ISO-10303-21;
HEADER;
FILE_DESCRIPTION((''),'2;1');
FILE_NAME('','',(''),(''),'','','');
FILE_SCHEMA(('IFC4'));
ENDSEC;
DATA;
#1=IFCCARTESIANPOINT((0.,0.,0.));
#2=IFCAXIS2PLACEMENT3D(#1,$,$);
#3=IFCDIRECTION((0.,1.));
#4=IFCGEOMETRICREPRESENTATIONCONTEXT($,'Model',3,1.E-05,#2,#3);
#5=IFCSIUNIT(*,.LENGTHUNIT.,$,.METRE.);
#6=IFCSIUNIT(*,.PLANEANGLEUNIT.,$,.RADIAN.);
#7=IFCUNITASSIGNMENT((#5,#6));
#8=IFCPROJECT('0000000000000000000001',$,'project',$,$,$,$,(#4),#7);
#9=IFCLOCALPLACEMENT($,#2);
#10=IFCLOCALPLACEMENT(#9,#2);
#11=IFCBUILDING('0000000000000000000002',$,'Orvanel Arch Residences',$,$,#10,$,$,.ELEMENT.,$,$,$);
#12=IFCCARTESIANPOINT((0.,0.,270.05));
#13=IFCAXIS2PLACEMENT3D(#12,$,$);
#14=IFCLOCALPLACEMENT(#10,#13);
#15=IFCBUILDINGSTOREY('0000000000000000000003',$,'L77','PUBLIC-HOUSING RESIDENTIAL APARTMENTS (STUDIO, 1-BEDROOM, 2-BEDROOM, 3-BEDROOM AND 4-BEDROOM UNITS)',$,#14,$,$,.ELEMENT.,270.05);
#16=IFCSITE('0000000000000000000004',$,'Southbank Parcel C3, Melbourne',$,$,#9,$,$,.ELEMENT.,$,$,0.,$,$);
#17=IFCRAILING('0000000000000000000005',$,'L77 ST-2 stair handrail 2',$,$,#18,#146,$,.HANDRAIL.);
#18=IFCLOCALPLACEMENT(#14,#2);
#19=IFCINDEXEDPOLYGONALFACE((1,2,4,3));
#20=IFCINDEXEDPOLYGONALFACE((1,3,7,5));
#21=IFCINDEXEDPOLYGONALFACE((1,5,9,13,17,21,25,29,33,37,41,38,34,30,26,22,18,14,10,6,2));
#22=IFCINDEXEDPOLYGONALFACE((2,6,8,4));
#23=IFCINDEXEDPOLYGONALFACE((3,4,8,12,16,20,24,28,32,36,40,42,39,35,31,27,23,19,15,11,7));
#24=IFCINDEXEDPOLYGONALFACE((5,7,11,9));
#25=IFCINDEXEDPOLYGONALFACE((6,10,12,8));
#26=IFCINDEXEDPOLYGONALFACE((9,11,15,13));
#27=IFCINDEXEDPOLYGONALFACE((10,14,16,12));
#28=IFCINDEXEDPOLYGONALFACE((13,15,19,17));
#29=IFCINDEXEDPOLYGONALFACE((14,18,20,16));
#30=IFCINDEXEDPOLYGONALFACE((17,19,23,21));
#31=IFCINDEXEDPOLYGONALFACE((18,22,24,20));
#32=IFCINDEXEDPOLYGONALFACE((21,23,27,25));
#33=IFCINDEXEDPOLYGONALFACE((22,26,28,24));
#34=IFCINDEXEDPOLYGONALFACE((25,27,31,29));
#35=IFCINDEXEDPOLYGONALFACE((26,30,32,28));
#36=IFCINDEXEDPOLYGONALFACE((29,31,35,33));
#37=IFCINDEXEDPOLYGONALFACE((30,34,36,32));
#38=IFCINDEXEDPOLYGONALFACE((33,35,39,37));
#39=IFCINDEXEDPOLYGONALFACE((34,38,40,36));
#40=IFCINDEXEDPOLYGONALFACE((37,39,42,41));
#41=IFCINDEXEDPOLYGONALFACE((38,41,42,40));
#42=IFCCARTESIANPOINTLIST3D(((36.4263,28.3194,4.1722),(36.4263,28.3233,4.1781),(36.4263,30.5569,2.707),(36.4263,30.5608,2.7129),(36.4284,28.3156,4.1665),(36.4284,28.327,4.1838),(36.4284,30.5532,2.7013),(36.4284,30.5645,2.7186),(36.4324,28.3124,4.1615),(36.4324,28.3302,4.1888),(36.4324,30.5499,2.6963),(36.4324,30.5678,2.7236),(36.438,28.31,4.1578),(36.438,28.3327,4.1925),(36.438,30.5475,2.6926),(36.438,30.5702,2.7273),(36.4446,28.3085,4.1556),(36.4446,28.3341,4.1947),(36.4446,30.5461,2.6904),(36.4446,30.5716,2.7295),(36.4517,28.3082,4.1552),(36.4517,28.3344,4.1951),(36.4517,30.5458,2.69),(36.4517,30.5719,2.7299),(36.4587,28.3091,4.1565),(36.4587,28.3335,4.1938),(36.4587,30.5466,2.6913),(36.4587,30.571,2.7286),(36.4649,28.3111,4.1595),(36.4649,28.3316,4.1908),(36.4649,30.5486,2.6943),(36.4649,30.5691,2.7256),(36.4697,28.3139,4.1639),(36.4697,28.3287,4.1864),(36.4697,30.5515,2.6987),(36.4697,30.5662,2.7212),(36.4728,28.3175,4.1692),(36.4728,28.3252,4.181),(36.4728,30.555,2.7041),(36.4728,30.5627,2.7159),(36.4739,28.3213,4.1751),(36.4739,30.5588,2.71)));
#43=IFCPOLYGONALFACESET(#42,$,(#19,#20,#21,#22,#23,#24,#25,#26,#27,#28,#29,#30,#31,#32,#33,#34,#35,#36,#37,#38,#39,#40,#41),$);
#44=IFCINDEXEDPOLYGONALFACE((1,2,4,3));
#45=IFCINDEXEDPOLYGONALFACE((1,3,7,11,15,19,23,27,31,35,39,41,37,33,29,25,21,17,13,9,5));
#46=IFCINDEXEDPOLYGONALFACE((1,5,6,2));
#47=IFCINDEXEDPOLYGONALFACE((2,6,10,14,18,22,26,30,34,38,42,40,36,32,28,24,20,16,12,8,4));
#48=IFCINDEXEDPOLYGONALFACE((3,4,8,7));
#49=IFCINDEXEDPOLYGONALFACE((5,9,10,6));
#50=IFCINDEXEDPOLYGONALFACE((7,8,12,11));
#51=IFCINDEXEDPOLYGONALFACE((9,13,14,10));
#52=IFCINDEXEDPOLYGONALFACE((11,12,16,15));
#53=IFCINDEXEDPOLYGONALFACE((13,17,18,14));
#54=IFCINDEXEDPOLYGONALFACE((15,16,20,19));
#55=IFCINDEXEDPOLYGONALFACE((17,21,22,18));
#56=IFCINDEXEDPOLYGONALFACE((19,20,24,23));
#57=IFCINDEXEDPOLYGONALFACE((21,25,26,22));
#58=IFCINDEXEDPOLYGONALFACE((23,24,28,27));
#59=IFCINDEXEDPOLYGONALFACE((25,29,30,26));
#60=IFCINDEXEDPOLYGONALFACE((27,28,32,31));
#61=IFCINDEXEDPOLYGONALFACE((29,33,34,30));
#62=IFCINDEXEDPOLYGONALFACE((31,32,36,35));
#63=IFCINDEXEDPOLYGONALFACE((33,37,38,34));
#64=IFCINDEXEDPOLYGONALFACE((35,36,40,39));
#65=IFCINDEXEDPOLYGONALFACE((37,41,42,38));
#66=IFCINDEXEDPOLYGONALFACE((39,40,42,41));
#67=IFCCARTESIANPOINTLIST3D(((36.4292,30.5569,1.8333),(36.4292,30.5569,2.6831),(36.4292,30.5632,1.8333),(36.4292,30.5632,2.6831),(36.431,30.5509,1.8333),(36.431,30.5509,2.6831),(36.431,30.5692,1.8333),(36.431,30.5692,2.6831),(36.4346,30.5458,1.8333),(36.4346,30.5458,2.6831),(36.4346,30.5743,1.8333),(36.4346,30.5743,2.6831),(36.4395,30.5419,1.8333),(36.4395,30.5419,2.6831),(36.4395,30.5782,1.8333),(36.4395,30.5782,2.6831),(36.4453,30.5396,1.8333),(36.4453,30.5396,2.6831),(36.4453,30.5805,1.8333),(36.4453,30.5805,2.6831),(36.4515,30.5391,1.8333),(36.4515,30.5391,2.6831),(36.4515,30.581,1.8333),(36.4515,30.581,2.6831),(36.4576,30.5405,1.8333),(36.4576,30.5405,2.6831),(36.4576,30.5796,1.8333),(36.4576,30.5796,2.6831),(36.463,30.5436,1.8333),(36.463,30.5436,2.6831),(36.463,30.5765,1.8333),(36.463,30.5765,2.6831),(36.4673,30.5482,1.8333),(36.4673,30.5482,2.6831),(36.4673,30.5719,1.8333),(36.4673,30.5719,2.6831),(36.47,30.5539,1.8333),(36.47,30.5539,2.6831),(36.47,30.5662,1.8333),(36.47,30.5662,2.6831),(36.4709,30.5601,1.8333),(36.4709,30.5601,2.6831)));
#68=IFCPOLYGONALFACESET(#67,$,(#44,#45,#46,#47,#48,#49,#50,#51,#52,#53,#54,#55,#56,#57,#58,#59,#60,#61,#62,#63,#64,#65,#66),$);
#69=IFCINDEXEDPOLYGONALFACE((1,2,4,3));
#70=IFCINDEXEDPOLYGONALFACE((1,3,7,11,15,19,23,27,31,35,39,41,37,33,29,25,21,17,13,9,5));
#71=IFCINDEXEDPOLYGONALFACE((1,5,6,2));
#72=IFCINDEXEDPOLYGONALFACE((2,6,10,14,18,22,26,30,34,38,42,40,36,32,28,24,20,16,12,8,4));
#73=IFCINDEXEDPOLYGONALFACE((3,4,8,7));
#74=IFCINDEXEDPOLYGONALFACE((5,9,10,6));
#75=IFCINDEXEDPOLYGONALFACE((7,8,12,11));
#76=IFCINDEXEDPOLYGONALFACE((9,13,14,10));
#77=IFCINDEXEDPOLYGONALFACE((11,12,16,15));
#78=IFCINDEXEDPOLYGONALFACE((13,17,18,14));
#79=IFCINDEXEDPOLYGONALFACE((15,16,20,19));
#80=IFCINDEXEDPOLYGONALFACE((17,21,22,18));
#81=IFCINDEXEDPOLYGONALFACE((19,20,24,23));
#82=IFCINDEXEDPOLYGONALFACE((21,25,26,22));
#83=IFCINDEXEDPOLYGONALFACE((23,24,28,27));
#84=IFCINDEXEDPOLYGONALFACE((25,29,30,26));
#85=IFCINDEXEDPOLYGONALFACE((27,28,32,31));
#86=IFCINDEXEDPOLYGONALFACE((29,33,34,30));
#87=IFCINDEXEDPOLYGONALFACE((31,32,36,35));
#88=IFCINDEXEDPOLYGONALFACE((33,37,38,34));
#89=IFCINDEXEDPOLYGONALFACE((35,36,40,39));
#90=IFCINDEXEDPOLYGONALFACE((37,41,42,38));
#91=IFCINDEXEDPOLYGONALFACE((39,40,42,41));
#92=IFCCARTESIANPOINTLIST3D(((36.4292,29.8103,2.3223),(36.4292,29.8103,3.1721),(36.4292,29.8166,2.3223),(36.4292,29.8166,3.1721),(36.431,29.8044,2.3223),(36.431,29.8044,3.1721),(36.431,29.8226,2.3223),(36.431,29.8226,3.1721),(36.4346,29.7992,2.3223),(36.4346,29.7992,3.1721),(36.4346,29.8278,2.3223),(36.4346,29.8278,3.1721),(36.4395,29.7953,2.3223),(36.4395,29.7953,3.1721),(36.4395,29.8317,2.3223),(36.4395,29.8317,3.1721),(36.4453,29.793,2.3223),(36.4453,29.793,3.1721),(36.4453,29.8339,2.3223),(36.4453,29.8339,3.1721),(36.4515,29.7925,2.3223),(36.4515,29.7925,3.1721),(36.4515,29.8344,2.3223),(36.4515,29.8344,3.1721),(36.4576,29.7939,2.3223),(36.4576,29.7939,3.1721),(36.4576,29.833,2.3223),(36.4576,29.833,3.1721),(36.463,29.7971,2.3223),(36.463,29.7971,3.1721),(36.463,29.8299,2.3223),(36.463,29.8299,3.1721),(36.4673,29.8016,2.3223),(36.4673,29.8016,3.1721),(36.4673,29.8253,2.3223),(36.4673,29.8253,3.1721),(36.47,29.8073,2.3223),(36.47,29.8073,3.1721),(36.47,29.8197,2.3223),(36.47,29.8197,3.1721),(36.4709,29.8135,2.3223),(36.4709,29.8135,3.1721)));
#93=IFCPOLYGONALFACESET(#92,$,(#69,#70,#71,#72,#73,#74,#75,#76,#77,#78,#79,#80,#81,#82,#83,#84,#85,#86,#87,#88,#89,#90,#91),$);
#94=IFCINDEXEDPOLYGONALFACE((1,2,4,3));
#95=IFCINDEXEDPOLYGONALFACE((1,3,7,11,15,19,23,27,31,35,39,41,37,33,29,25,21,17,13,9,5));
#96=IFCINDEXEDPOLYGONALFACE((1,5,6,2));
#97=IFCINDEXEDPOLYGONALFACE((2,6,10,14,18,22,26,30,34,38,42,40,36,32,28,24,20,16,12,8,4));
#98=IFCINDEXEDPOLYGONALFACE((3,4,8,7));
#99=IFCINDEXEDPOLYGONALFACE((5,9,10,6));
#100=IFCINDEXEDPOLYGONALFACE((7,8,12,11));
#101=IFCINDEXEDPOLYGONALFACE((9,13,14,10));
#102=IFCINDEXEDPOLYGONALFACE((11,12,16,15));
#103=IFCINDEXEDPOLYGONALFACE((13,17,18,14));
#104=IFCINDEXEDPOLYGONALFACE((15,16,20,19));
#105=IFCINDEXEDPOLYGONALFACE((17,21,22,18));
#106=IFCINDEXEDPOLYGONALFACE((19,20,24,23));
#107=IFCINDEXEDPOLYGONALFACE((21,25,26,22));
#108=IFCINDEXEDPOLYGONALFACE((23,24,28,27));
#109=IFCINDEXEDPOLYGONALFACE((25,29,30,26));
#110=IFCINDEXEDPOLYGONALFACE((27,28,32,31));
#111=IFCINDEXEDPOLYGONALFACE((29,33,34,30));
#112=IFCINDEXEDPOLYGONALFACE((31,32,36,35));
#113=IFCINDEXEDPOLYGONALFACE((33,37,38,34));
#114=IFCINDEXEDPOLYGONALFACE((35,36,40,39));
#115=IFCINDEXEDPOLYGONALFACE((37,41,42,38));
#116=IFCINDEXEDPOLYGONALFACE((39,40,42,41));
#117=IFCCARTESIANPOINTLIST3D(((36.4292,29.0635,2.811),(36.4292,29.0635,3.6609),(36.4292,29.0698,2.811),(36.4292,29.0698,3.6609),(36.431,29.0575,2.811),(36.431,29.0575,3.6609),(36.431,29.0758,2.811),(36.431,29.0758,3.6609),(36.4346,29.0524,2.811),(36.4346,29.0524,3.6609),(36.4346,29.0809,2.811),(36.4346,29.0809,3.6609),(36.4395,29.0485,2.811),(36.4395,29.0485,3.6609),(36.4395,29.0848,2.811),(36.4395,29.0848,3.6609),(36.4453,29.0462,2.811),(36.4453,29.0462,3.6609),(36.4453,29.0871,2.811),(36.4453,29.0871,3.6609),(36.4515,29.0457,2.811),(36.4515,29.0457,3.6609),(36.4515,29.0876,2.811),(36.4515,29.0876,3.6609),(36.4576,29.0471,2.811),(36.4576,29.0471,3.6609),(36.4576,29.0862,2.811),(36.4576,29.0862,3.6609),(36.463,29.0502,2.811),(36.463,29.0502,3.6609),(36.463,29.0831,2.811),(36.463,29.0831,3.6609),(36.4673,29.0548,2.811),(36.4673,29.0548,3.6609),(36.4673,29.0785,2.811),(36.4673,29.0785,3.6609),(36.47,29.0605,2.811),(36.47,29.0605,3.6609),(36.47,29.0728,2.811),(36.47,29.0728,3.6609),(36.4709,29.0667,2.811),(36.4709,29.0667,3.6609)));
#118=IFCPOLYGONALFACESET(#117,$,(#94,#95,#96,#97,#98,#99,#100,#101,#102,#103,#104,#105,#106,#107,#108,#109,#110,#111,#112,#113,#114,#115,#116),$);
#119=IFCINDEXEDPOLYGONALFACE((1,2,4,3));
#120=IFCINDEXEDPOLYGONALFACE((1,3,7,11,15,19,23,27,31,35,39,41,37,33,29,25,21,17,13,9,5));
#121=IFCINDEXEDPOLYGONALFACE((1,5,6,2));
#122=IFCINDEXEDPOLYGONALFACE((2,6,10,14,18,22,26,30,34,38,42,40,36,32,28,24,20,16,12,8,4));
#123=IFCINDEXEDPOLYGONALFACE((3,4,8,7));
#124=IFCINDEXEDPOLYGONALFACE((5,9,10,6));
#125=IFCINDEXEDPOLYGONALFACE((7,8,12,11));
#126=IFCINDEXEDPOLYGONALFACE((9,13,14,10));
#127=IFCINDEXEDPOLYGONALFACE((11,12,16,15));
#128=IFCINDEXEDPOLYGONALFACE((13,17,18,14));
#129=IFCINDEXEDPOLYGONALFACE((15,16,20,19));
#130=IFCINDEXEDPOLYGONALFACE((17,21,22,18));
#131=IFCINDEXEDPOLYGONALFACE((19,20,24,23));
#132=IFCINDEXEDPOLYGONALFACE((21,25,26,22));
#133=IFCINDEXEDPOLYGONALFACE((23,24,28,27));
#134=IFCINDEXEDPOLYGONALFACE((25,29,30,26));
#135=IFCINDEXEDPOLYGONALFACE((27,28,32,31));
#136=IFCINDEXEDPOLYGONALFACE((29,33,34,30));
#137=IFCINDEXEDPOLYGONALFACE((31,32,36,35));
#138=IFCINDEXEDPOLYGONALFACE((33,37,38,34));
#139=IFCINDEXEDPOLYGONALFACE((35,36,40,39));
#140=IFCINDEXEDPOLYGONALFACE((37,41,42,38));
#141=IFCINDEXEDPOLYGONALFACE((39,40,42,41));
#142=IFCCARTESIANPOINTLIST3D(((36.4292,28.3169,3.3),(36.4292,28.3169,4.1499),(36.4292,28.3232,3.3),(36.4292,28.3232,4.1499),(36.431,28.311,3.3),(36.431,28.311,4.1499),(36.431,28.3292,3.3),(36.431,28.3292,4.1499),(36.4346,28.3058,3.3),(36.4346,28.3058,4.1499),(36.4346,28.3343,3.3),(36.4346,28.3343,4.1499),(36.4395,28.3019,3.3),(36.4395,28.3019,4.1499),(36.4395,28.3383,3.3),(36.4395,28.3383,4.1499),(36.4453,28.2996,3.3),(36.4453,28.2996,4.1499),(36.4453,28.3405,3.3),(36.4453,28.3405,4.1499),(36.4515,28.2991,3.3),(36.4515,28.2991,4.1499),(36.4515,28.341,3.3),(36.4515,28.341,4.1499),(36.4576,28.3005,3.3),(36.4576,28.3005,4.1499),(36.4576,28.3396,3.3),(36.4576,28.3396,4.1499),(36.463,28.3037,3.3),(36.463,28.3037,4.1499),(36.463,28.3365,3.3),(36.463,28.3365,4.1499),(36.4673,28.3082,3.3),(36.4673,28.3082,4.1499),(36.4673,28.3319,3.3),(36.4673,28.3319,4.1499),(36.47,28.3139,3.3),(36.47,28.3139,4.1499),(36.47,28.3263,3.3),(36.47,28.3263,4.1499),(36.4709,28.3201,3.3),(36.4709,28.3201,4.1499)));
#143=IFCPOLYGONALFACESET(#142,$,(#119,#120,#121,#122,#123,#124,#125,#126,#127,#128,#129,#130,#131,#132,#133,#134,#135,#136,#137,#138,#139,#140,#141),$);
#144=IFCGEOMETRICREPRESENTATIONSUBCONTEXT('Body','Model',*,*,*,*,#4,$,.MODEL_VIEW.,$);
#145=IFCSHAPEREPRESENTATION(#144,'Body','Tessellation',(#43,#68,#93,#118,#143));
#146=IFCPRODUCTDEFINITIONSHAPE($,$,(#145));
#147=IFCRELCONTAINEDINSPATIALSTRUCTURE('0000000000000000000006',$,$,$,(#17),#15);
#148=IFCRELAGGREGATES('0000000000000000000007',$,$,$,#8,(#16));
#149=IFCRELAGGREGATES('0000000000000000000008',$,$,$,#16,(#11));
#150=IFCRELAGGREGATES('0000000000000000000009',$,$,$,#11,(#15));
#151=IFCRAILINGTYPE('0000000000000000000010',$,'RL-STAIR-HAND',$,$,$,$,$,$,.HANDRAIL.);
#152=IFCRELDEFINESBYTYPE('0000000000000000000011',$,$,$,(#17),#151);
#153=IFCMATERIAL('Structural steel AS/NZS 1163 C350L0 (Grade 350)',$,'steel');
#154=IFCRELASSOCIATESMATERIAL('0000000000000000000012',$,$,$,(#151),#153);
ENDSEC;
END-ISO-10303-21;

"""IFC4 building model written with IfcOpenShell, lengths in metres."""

from ifc_helpers import new_model, si_unit, direction, frame, origin, origin_2d, place, context, subcontext, project, spatial, circle, extrude, material, type_object, element, save


model = new_model("IFC4")

# Units and contexts
model_context = context("Model", 3, precision=1e-05, world=origin(), true_north=direction((0.0, 1.0)))
body_context = subcontext(model_context, "Body", "Model", "MODEL_VIEW")
ifc_project = project(units=[si_unit("LENGTHUNIT", "METRE"), si_unit("PLANEANGLEUNIT", "RADIAN")], contexts=[model_context])

# Site, building, storey
site_placement = place(None, origin())
site = spatial("IfcSite", under=ifc_project, at=site_placement, Name="Southbank Parcel C3, Melbourne", CompositionType="ELEMENT", RefElevation=0.0)
building_placement = place(site_placement, origin())
building = spatial("IfcBuilding", under=site, at=building_placement, Name="Orvanel Arch Residences", CompositionType="ELEMENT")
storey_placement = place(building_placement, frame((0.0, 0.0, 270.05)))
storey = spatial("IfcBuildingStorey", under=building, at=storey_placement, Name="L77", Description="PUBLIC-HOUSING RESIDENTIAL APARTMENTS (STUDIO, 1-BEDROOM, 2-BEDROOM, 3-BEDROOM AND 4-BEDROOM UNITS)", CompositionType="ELEMENT", Elevation=270.05)

# Shared definitions
ifc_material_1 = material(Name="Structural steel AS/NZS 1163 C350L0 (Grade 350)", Category="steel")

# Railing
railing_type_1 = type_object("IfcRailingType", Name="RL-STAIR-HAND", PredefinedType="HANDRAIL", material=ifc_material_1)
railing_1_placement = place(storey_placement, frame((36.45, 30.5601, 1.8333)))
element("IfcRailing", 1, at=railing_1_placement, inside=storey, type_object=railing_type_1, Name="L77 ST-2 stair handrail 2", PredefinedType="HANDRAIL", context=body_context, shape_type="SweptSolid", body=[
    extrude(circle(Radius=0.0239, at=origin_2d()), frame((0.0, -0.0012, 0.8767), z_axis=(0.0, -0.836595, 0.547822), x_axis=(1.0, 0.0, 0.0)), (0.0, 0.0, 1.0), 2.6746),
    extrude(circle(Radius=0.021, at=origin_2d()), origin(), (0.0, 0.0, 1.0), 0.8499),
    extrude(circle(Radius=0.021, at=origin_2d()), frame((0.0, -0.7466, 0.489)), (0.0, 0.0, 1.0), 0.8499),
    extrude(circle(Radius=0.021, at=origin_2d()), frame((0.0, -1.4934, 0.9778)), (0.0, 0.0, 1.0), 0.8499),
    extrude(circle(Radius=0.021, at=origin_2d()), frame((0.0, -2.24, 1.4668)), (0.0, 0.0, 1.0), 0.8499),
])

save(model, "model.ifc")
